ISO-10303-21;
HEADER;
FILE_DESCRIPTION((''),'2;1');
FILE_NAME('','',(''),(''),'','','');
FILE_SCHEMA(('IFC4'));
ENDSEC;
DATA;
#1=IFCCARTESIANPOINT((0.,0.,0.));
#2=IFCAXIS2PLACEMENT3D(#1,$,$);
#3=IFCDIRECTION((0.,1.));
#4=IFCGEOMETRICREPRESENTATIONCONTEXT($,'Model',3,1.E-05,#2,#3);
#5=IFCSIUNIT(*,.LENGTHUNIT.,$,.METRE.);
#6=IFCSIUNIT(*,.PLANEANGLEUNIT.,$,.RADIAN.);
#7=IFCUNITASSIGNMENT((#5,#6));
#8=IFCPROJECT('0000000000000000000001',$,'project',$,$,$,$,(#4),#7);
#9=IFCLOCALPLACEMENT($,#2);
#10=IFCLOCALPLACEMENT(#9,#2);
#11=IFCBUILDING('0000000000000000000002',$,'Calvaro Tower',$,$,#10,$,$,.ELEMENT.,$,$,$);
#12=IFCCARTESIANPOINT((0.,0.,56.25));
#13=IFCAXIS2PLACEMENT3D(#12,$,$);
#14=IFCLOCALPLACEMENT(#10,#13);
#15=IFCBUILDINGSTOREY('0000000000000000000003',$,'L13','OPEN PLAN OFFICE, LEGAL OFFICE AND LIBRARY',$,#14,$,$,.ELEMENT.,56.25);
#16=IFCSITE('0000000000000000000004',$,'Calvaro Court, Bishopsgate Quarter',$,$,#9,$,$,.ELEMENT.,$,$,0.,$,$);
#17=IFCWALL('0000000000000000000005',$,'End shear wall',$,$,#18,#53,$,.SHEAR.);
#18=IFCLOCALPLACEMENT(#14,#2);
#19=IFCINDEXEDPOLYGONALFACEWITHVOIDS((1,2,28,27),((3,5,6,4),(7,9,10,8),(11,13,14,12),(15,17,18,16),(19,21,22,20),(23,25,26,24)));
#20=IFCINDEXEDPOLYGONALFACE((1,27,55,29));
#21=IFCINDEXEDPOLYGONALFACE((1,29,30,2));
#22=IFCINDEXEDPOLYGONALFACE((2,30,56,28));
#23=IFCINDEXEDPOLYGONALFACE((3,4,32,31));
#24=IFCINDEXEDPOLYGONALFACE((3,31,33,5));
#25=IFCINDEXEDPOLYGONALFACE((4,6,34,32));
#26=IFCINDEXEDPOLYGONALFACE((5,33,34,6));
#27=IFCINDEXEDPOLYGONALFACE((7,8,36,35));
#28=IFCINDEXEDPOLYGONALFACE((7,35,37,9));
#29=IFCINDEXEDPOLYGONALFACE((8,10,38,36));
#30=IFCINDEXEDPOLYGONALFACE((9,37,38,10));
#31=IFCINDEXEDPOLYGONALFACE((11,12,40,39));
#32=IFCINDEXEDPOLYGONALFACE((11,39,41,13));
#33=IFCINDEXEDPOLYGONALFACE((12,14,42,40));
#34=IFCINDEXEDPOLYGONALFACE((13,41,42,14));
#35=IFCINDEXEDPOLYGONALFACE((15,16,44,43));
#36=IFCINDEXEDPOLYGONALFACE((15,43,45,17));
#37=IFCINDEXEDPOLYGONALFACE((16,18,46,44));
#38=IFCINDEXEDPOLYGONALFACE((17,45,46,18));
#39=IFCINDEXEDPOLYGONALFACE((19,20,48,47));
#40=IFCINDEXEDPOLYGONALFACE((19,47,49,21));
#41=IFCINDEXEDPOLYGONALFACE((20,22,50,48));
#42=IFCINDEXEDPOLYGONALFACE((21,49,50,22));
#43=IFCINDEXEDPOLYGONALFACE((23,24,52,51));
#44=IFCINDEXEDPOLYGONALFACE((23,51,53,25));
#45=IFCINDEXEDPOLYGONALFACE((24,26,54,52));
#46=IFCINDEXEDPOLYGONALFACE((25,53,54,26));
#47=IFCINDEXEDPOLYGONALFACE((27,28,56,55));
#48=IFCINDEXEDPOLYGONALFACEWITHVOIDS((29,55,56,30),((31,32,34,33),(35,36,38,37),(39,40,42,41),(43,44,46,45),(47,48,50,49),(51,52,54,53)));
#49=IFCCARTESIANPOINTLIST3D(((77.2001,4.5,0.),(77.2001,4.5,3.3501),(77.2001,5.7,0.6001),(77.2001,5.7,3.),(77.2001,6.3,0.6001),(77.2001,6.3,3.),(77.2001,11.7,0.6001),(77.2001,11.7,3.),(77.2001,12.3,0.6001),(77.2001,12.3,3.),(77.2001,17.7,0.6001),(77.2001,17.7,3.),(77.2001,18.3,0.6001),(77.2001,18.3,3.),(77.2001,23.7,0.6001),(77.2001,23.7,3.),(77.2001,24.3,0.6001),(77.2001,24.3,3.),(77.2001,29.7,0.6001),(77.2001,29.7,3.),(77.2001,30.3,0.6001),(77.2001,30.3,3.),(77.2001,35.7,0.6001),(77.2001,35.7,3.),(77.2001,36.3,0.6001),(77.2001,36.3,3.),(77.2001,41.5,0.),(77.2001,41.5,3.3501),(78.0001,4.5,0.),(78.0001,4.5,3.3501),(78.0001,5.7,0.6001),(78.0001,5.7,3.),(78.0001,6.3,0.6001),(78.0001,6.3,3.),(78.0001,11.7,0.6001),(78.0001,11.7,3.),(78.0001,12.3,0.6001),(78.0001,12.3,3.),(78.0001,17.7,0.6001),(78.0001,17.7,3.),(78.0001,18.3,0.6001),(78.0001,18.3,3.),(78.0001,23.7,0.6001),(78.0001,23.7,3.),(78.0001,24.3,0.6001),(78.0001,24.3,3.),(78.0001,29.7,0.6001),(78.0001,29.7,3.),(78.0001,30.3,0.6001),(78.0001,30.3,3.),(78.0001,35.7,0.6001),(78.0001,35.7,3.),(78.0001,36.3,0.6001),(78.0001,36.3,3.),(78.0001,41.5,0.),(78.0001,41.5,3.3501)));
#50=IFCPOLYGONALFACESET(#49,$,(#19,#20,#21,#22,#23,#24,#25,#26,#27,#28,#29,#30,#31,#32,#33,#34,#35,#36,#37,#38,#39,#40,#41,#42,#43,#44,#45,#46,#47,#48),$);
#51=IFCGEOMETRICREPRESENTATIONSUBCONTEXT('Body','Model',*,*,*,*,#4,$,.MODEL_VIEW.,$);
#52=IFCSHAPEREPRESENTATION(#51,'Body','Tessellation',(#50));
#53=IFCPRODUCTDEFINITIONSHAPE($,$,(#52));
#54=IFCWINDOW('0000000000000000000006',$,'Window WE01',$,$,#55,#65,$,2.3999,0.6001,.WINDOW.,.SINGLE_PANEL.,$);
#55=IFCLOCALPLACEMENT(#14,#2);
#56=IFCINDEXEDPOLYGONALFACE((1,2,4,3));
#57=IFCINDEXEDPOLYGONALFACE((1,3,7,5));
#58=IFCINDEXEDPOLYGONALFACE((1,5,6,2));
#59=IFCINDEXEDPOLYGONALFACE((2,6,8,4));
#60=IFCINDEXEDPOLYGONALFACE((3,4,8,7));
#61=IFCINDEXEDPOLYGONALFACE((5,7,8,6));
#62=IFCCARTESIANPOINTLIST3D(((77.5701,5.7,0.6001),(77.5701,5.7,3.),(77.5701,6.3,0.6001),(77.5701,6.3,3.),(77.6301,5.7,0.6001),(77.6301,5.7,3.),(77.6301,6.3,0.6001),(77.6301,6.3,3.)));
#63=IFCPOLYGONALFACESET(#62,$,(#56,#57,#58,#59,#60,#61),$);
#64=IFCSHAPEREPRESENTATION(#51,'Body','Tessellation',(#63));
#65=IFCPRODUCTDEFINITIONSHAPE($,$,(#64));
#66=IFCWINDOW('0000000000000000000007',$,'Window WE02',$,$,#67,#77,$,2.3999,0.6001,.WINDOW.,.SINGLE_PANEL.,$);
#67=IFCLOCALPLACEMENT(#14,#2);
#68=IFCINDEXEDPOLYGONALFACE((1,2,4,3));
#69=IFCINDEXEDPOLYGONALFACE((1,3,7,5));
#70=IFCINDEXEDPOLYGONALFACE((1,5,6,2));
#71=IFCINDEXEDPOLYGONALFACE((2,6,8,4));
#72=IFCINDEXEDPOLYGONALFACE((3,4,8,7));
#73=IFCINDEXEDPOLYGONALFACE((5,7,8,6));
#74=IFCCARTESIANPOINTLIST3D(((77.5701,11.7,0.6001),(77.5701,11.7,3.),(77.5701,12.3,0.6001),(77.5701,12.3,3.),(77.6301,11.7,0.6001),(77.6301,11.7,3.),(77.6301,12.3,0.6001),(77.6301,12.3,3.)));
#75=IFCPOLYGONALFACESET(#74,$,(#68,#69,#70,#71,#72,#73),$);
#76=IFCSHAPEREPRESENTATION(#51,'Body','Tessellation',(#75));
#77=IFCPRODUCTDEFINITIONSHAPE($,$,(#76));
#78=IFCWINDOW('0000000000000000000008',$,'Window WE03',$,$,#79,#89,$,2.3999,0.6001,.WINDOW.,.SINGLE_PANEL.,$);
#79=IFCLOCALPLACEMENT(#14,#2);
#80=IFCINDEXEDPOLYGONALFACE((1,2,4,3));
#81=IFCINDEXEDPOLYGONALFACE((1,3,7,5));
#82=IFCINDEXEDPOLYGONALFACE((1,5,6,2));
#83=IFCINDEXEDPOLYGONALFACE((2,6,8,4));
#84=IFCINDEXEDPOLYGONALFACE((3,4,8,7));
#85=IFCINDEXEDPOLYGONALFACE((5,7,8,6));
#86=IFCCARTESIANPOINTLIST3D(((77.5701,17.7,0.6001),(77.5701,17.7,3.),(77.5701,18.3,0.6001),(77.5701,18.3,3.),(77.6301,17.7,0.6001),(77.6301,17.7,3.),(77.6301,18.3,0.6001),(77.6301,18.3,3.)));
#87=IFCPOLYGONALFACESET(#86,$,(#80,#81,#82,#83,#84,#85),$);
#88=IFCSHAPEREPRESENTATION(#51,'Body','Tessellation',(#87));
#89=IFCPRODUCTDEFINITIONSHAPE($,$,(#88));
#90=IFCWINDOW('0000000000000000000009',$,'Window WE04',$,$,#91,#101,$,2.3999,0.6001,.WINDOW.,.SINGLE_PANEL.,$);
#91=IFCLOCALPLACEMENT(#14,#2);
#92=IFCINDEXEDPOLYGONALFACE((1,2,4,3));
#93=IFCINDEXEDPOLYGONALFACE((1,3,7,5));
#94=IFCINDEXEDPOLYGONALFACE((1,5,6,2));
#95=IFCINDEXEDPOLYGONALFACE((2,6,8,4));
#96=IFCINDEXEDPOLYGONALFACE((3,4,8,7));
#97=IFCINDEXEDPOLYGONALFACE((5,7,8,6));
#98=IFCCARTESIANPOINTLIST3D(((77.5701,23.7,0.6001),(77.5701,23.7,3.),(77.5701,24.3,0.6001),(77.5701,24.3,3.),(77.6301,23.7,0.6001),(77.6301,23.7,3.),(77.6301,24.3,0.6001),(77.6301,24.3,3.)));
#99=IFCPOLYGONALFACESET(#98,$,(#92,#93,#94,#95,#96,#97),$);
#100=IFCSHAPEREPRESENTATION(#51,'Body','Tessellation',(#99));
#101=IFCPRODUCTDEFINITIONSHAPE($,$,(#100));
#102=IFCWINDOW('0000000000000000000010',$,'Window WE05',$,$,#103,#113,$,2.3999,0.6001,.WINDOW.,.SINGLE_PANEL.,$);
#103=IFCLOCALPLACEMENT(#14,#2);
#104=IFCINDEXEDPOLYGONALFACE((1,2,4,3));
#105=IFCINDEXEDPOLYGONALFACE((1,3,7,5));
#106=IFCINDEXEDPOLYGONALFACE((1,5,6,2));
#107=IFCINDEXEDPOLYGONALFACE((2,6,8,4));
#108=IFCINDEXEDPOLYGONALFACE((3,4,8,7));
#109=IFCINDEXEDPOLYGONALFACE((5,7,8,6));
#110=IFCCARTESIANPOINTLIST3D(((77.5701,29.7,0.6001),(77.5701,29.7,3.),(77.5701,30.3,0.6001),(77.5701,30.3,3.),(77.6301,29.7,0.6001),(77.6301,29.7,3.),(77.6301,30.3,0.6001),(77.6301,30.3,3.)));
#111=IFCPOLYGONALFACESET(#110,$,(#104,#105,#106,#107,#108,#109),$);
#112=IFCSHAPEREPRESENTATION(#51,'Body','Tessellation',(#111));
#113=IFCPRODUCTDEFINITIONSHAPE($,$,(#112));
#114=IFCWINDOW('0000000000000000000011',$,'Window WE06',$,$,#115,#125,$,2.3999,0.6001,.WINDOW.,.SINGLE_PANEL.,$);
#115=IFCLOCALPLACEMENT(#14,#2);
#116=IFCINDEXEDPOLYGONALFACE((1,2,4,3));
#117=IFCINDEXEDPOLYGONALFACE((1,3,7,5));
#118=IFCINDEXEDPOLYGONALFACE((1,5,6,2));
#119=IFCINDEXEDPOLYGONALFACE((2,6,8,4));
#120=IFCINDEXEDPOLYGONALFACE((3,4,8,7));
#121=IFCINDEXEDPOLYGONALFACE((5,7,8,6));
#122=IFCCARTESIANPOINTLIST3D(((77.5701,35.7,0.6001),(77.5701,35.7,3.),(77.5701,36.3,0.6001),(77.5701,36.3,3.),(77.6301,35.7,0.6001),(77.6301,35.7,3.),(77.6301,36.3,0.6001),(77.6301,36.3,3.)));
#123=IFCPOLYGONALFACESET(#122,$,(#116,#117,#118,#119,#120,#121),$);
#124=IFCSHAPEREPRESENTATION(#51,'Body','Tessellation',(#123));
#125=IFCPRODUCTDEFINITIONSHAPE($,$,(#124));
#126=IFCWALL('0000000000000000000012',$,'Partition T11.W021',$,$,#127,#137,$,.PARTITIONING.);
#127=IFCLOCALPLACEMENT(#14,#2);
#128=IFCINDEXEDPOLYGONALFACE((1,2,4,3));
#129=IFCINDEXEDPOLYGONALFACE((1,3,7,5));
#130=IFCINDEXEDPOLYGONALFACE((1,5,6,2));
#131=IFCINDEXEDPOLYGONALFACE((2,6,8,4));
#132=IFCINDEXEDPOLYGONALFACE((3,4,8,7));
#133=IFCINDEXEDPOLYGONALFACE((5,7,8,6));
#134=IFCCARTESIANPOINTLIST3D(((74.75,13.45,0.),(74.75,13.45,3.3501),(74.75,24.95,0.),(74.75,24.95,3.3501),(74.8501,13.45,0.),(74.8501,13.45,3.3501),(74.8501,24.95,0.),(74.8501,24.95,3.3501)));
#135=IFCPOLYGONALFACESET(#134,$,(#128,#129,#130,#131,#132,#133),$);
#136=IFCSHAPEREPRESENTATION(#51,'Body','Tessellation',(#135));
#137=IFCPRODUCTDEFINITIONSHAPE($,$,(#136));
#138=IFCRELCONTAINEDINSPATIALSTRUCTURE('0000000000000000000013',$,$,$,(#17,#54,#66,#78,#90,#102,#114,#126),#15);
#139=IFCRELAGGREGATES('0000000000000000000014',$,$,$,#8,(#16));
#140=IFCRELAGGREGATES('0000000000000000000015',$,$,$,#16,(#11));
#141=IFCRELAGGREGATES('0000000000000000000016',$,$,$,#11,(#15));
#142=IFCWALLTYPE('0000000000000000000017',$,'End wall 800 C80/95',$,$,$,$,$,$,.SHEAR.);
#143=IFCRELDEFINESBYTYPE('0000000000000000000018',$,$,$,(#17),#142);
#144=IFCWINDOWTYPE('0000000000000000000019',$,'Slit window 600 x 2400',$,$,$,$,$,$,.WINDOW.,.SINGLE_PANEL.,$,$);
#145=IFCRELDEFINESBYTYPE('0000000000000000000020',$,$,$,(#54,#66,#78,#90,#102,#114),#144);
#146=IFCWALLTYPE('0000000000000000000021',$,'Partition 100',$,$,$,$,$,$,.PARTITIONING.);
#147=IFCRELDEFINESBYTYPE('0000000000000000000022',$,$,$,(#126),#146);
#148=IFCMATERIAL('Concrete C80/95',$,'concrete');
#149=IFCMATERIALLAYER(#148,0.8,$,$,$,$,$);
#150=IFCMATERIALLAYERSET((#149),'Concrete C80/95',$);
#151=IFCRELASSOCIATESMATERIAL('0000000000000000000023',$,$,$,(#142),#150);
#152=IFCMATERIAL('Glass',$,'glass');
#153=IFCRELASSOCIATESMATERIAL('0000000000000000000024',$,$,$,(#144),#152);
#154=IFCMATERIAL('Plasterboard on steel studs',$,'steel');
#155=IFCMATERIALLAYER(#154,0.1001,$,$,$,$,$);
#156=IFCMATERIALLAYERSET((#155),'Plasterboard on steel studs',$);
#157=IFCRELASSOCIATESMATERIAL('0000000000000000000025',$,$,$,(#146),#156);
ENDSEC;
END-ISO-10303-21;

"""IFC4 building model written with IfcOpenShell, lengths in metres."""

from ifc_helpers import new_model, si_unit, direction, frame, frame_2d, origin, place, context, subcontext, project, spatial, rectangle, extrude, material, layer, layer_set, type_object, element, fill, save


model = new_model("IFC4")

# Units and contexts
model_context = context("Model", 3, precision=1e-05, world=origin(), true_north=direction((0.0, 1.0)))
body_context = subcontext(model_context, "Body", "Model", "MODEL_VIEW")
ifc_project = project(units=[si_unit("LENGTHUNIT", "METRE"), si_unit("PLANEANGLEUNIT", "RADIAN")], contexts=[model_context])

# Site, building, storey
site_placement = place(None, origin())
site = spatial("IfcSite", under=ifc_project, at=site_placement, Name="Calvaro Court, Bishopsgate Quarter", CompositionType="ELEMENT", RefElevation=0.0)
building_placement = place(site_placement, origin())
building = spatial("IfcBuilding", under=site, at=building_placement, Name="Calvaro Tower", CompositionType="ELEMENT")
storey_placement = place(building_placement, frame((0.0, 0.0, 56.25)))
storey = spatial("IfcBuildingStorey", under=building, at=storey_placement, Name="L13", Description="OPEN PLAN OFFICE, LEGAL OFFICE AND LIBRARY", CompositionType="ELEMENT", Elevation=56.25)

# Wall, openings, windows
ifc_material_1 = material(Name="Concrete C80/95", Category="concrete")
ifc_layer_1 = layer(ifc_material_1, 0.8)
ifc_layer_set_1 = layer_set([ifc_layer_1], Name="Concrete C80/95")
wall_type_1 = type_object("IfcWallType", Name="End wall 800 C80/95", PredefinedType="SHEAR", material=ifc_layer_set_1)
wall_1_placement = place(storey_placement, frame((77.6001, 4.5, 0.0), z_axis=(0.0, 0.0, 1.0), x_axis=(0.0, 1.0, 0.0)))
wall_1 = element("IfcWall", 1, at=wall_1_placement, inside=storey, type_object=wall_type_1, Name="End shear wall", PredefinedType="SHEAR", context=body_context, shape_type="SweptSolid", body=[
    extrude(rectangle(XDim=37.0, YDim=0.8, at=frame_2d((18.5, 0.0))), origin(), (0.0, 0.0, 1.0), 3.3501),
])
opening_1_placement = place(wall_1_placement, frame((1.2, 0.0, 0.6001)))
opening_1 = element("IfcOpeningElement", 2, at=opening_1_placement, cuts=wall_1, PredefinedType="OPENING", context=body_context, shape_type="SweptSolid", body=[
    extrude(rectangle(XDim=0.6001, YDim=2.3999, at=frame_2d((0.3, 1.2))), frame((0.0, 0.4099, 0.0), z_axis=(0.0, -1.0, 0.0), x_axis=(1.0, 0.0, 0.0)), (0.0, 0.0, 1.0), 0.8201),
])
opening_2_placement = place(wall_1_placement, frame((7.2, 0.0, 0.6001)))
opening_2 = element("IfcOpeningElement", 3, at=opening_2_placement, cuts=wall_1, PredefinedType="OPENING", context=body_context, shape_type="SweptSolid", body=[
    extrude(rectangle(XDim=0.6001, YDim=2.3999, at=frame_2d((0.3, 1.2))), frame((0.0, 0.4099, 0.0), z_axis=(0.0, -1.0, 0.0), x_axis=(1.0, 0.0, 0.0)), (0.0, 0.0, 1.0), 0.8201),
])
opening_3_placement = place(wall_1_placement, frame((13.2, 0.0, 0.6001)))
opening_3 = element("IfcOpeningElement", 4, at=opening_3_placement, cuts=wall_1, PredefinedType="OPENING", context=body_context, shape_type="SweptSolid", body=[
    extrude(rectangle(XDim=0.6001, YDim=2.3999, at=frame_2d((0.3, 1.2))), frame((0.0, 0.4099, 0.0), z_axis=(0.0, -1.0, 0.0), x_axis=(1.0, 0.0, 0.0)), (0.0, 0.0, 1.0), 0.8201),
])
opening_4_placement = place(wall_1_placement, frame((19.2, 0.0, 0.6001)))
opening_4 = element("IfcOpeningElement", 5, at=opening_4_placement, cuts=wall_1, PredefinedType="OPENING", context=body_context, shape_type="SweptSolid", body=[
    extrude(rectangle(XDim=0.6001, YDim=2.3999, at=frame_2d((0.3, 1.2))), frame((0.0, 0.4099, 0.0), z_axis=(0.0, -1.0, 0.0), x_axis=(1.0, 0.0, 0.0)), (0.0, 0.0, 1.0), 0.8201),
])
opening_5_placement = place(wall_1_placement, frame((25.2, 0.0, 0.6001)))
opening_5 = element("IfcOpeningElement", 6, at=opening_5_placement, cuts=wall_1, PredefinedType="OPENING", context=body_context, shape_type="SweptSolid", body=[
    extrude(rectangle(XDim=0.6001, YDim=2.3999, at=frame_2d((0.3, 1.2))), frame((0.0, 0.4099, 0.0), z_axis=(0.0, -1.0, 0.0), x_axis=(1.0, 0.0, 0.0)), (0.0, 0.0, 1.0), 0.8201),
])
opening_6_placement = place(wall_1_placement, frame((31.2, 0.0, 0.6001)))
opening_6 = element("IfcOpeningElement", 7, at=opening_6_placement, cuts=wall_1, PredefinedType="OPENING", context=body_context, shape_type="SweptSolid", body=[
    extrude(rectangle(XDim=0.6001, YDim=2.3999, at=frame_2d((0.3, 1.2))), frame((0.0, 0.4099, 0.0), z_axis=(0.0, -1.0, 0.0), x_axis=(1.0, 0.0, 0.0)), (0.0, 0.0, 1.0), 0.8201),
])
ifc_material_2 = material(Name="Glass", Category="glass")
window_type = type_object("IfcWindowType", Name="Slit window 600 x 2400", PartitioningType="SINGLE_PANEL", PredefinedType="WINDOW", material=ifc_material_2)
window_1_placement = place(opening_1_placement, origin())
window_1 = element("IfcWindow", 8, at=window_1_placement, inside=storey, type_object=window_type, Name="Window WE01", OverallHeight=2.3999, OverallWidth=0.6001, PartitioningType="SINGLE_PANEL", PredefinedType="WINDOW", context=body_context, shape_type="SweptSolid", body=[
    extrude(rectangle(XDim=0.6001, YDim=2.3999, at=frame_2d((0.3, 1.2))), frame((0.0, 0.03, 0.0), z_axis=(0.0, -1.0, 0.0), x_axis=(1.0, 0.0, 0.0)), (0.0, 0.0, 1.0), 0.0601),
])
fill(opening_1, window_1)
window_2_placement = place(opening_2_placement, origin())
window_2 = element("IfcWindow", 9, at=window_2_placement, inside=storey, type_object=window_type, Name="Window WE02", OverallHeight=2.3999, OverallWidth=0.6001, PartitioningType="SINGLE_PANEL", PredefinedType="WINDOW", context=body_context, shape_type="SweptSolid", body=[
    extrude(rectangle(XDim=0.6001, YDim=2.3999, at=frame_2d((0.3, 1.2))), frame((0.0, 0.03, 0.0), z_axis=(0.0, -1.0, 0.0), x_axis=(1.0, 0.0, 0.0)), (0.0, 0.0, 1.0), 0.0601),
])
fill(opening_2, window_2)
window_3_placement = place(opening_3_placement, origin())
window_3 = element("IfcWindow", 10, at=window_3_placement, inside=storey, type_object=window_type, Name="Window WE03", OverallHeight=2.3999, OverallWidth=0.6001, PartitioningType="SINGLE_PANEL", PredefinedType="WINDOW", context=body_context, shape_type="SweptSolid", body=[
    extrude(rectangle(XDim=0.6001, YDim=2.3999, at=frame_2d((0.3, 1.2))), frame((0.0, 0.03, 0.0), z_axis=(0.0, -1.0, 0.0), x_axis=(1.0, 0.0, 0.0)), (0.0, 0.0, 1.0), 0.0601),
])
fill(opening_3, window_3)
window_4_placement = place(opening_4_placement, origin())
window_4 = element("IfcWindow", 11, at=window_4_placement, inside=storey, type_object=window_type, Name="Window WE04", OverallHeight=2.3999, OverallWidth=0.6001, PartitioningType="SINGLE_PANEL", PredefinedType="WINDOW", context=body_context, shape_type="SweptSolid", body=[
    extrude(rectangle(XDim=0.6001, YDim=2.3999, at=frame_2d((0.3, 1.2))), frame((0.0, 0.03, 0.0), z_axis=(0.0, -1.0, 0.0), x_axis=(1.0, 0.0, 0.0)), (0.0, 0.0, 1.0), 0.0601),
])
fill(opening_4, window_4)
window_5_placement = place(opening_5_placement, origin())
window_5 = element("IfcWindow", 12, at=window_5_placement, inside=storey, type_object=window_type, Name="Window WE05", OverallHeight=2.3999, OverallWidth=0.6001, PartitioningType="SINGLE_PANEL", PredefinedType="WINDOW", context=body_context, shape_type="SweptSolid", body=[
    extrude(rectangle(XDim=0.6001, YDim=2.3999, at=frame_2d((0.3, 1.2))), frame((0.0, 0.03, 0.0), z_axis=(0.0, -1.0, 0.0), x_axis=(1.0, 0.0, 0.0)), (0.0, 0.0, 1.0), 0.0601),
])
fill(opening_5, window_5)
window_6_placement = place(opening_6_placement, origin())
window_6 = element("IfcWindow", 13, at=window_6_placement, inside=storey, type_object=window_type, Name="Window WE06", OverallHeight=2.3999, OverallWidth=0.6001, PartitioningType="SINGLE_PANEL", PredefinedType="WINDOW", context=body_context, shape_type="SweptSolid", body=[
    extrude(rectangle(XDim=0.6001, YDim=2.3999, at=frame_2d((0.3, 1.2))), frame((0.0, 0.03, 0.0), z_axis=(0.0, -1.0, 0.0), x_axis=(1.0, 0.0, 0.0)), (0.0, 0.0, 1.0), 0.0601),
])
fill(opening_6, window_6)

# Wall
ifc_material_3 = material(Name="Plasterboard on steel studs", Category="steel")
ifc_layer_2 = layer(ifc_material_3, 0.1001)
ifc_layer_set_2 = layer_set([ifc_layer_2], Name="Plasterboard on steel studs")
wall_type_2 = type_object("IfcWallType", Name="Partition 100", PredefinedType="PARTITIONING", material=ifc_layer_set_2)
wall_2_placement = place(storey_placement, frame((74.8, 13.45, 0.0), z_axis=(0.0, 0.0, 1.0), x_axis=(0.0, 1.0, 0.0)))
element("IfcWall", 14, at=wall_2_placement, inside=storey, type_object=wall_type_2, Name="Partition T11.W021", PredefinedType="PARTITIONING", context=body_context, shape_type="SweptSolid", body=[
    extrude(rectangle(XDim=11.5, YDim=0.1001, at=frame_2d((5.75, 0.0))), origin(), (0.0, 0.0, 1.0), 3.3501),
])

save(model, "model.ifc")
